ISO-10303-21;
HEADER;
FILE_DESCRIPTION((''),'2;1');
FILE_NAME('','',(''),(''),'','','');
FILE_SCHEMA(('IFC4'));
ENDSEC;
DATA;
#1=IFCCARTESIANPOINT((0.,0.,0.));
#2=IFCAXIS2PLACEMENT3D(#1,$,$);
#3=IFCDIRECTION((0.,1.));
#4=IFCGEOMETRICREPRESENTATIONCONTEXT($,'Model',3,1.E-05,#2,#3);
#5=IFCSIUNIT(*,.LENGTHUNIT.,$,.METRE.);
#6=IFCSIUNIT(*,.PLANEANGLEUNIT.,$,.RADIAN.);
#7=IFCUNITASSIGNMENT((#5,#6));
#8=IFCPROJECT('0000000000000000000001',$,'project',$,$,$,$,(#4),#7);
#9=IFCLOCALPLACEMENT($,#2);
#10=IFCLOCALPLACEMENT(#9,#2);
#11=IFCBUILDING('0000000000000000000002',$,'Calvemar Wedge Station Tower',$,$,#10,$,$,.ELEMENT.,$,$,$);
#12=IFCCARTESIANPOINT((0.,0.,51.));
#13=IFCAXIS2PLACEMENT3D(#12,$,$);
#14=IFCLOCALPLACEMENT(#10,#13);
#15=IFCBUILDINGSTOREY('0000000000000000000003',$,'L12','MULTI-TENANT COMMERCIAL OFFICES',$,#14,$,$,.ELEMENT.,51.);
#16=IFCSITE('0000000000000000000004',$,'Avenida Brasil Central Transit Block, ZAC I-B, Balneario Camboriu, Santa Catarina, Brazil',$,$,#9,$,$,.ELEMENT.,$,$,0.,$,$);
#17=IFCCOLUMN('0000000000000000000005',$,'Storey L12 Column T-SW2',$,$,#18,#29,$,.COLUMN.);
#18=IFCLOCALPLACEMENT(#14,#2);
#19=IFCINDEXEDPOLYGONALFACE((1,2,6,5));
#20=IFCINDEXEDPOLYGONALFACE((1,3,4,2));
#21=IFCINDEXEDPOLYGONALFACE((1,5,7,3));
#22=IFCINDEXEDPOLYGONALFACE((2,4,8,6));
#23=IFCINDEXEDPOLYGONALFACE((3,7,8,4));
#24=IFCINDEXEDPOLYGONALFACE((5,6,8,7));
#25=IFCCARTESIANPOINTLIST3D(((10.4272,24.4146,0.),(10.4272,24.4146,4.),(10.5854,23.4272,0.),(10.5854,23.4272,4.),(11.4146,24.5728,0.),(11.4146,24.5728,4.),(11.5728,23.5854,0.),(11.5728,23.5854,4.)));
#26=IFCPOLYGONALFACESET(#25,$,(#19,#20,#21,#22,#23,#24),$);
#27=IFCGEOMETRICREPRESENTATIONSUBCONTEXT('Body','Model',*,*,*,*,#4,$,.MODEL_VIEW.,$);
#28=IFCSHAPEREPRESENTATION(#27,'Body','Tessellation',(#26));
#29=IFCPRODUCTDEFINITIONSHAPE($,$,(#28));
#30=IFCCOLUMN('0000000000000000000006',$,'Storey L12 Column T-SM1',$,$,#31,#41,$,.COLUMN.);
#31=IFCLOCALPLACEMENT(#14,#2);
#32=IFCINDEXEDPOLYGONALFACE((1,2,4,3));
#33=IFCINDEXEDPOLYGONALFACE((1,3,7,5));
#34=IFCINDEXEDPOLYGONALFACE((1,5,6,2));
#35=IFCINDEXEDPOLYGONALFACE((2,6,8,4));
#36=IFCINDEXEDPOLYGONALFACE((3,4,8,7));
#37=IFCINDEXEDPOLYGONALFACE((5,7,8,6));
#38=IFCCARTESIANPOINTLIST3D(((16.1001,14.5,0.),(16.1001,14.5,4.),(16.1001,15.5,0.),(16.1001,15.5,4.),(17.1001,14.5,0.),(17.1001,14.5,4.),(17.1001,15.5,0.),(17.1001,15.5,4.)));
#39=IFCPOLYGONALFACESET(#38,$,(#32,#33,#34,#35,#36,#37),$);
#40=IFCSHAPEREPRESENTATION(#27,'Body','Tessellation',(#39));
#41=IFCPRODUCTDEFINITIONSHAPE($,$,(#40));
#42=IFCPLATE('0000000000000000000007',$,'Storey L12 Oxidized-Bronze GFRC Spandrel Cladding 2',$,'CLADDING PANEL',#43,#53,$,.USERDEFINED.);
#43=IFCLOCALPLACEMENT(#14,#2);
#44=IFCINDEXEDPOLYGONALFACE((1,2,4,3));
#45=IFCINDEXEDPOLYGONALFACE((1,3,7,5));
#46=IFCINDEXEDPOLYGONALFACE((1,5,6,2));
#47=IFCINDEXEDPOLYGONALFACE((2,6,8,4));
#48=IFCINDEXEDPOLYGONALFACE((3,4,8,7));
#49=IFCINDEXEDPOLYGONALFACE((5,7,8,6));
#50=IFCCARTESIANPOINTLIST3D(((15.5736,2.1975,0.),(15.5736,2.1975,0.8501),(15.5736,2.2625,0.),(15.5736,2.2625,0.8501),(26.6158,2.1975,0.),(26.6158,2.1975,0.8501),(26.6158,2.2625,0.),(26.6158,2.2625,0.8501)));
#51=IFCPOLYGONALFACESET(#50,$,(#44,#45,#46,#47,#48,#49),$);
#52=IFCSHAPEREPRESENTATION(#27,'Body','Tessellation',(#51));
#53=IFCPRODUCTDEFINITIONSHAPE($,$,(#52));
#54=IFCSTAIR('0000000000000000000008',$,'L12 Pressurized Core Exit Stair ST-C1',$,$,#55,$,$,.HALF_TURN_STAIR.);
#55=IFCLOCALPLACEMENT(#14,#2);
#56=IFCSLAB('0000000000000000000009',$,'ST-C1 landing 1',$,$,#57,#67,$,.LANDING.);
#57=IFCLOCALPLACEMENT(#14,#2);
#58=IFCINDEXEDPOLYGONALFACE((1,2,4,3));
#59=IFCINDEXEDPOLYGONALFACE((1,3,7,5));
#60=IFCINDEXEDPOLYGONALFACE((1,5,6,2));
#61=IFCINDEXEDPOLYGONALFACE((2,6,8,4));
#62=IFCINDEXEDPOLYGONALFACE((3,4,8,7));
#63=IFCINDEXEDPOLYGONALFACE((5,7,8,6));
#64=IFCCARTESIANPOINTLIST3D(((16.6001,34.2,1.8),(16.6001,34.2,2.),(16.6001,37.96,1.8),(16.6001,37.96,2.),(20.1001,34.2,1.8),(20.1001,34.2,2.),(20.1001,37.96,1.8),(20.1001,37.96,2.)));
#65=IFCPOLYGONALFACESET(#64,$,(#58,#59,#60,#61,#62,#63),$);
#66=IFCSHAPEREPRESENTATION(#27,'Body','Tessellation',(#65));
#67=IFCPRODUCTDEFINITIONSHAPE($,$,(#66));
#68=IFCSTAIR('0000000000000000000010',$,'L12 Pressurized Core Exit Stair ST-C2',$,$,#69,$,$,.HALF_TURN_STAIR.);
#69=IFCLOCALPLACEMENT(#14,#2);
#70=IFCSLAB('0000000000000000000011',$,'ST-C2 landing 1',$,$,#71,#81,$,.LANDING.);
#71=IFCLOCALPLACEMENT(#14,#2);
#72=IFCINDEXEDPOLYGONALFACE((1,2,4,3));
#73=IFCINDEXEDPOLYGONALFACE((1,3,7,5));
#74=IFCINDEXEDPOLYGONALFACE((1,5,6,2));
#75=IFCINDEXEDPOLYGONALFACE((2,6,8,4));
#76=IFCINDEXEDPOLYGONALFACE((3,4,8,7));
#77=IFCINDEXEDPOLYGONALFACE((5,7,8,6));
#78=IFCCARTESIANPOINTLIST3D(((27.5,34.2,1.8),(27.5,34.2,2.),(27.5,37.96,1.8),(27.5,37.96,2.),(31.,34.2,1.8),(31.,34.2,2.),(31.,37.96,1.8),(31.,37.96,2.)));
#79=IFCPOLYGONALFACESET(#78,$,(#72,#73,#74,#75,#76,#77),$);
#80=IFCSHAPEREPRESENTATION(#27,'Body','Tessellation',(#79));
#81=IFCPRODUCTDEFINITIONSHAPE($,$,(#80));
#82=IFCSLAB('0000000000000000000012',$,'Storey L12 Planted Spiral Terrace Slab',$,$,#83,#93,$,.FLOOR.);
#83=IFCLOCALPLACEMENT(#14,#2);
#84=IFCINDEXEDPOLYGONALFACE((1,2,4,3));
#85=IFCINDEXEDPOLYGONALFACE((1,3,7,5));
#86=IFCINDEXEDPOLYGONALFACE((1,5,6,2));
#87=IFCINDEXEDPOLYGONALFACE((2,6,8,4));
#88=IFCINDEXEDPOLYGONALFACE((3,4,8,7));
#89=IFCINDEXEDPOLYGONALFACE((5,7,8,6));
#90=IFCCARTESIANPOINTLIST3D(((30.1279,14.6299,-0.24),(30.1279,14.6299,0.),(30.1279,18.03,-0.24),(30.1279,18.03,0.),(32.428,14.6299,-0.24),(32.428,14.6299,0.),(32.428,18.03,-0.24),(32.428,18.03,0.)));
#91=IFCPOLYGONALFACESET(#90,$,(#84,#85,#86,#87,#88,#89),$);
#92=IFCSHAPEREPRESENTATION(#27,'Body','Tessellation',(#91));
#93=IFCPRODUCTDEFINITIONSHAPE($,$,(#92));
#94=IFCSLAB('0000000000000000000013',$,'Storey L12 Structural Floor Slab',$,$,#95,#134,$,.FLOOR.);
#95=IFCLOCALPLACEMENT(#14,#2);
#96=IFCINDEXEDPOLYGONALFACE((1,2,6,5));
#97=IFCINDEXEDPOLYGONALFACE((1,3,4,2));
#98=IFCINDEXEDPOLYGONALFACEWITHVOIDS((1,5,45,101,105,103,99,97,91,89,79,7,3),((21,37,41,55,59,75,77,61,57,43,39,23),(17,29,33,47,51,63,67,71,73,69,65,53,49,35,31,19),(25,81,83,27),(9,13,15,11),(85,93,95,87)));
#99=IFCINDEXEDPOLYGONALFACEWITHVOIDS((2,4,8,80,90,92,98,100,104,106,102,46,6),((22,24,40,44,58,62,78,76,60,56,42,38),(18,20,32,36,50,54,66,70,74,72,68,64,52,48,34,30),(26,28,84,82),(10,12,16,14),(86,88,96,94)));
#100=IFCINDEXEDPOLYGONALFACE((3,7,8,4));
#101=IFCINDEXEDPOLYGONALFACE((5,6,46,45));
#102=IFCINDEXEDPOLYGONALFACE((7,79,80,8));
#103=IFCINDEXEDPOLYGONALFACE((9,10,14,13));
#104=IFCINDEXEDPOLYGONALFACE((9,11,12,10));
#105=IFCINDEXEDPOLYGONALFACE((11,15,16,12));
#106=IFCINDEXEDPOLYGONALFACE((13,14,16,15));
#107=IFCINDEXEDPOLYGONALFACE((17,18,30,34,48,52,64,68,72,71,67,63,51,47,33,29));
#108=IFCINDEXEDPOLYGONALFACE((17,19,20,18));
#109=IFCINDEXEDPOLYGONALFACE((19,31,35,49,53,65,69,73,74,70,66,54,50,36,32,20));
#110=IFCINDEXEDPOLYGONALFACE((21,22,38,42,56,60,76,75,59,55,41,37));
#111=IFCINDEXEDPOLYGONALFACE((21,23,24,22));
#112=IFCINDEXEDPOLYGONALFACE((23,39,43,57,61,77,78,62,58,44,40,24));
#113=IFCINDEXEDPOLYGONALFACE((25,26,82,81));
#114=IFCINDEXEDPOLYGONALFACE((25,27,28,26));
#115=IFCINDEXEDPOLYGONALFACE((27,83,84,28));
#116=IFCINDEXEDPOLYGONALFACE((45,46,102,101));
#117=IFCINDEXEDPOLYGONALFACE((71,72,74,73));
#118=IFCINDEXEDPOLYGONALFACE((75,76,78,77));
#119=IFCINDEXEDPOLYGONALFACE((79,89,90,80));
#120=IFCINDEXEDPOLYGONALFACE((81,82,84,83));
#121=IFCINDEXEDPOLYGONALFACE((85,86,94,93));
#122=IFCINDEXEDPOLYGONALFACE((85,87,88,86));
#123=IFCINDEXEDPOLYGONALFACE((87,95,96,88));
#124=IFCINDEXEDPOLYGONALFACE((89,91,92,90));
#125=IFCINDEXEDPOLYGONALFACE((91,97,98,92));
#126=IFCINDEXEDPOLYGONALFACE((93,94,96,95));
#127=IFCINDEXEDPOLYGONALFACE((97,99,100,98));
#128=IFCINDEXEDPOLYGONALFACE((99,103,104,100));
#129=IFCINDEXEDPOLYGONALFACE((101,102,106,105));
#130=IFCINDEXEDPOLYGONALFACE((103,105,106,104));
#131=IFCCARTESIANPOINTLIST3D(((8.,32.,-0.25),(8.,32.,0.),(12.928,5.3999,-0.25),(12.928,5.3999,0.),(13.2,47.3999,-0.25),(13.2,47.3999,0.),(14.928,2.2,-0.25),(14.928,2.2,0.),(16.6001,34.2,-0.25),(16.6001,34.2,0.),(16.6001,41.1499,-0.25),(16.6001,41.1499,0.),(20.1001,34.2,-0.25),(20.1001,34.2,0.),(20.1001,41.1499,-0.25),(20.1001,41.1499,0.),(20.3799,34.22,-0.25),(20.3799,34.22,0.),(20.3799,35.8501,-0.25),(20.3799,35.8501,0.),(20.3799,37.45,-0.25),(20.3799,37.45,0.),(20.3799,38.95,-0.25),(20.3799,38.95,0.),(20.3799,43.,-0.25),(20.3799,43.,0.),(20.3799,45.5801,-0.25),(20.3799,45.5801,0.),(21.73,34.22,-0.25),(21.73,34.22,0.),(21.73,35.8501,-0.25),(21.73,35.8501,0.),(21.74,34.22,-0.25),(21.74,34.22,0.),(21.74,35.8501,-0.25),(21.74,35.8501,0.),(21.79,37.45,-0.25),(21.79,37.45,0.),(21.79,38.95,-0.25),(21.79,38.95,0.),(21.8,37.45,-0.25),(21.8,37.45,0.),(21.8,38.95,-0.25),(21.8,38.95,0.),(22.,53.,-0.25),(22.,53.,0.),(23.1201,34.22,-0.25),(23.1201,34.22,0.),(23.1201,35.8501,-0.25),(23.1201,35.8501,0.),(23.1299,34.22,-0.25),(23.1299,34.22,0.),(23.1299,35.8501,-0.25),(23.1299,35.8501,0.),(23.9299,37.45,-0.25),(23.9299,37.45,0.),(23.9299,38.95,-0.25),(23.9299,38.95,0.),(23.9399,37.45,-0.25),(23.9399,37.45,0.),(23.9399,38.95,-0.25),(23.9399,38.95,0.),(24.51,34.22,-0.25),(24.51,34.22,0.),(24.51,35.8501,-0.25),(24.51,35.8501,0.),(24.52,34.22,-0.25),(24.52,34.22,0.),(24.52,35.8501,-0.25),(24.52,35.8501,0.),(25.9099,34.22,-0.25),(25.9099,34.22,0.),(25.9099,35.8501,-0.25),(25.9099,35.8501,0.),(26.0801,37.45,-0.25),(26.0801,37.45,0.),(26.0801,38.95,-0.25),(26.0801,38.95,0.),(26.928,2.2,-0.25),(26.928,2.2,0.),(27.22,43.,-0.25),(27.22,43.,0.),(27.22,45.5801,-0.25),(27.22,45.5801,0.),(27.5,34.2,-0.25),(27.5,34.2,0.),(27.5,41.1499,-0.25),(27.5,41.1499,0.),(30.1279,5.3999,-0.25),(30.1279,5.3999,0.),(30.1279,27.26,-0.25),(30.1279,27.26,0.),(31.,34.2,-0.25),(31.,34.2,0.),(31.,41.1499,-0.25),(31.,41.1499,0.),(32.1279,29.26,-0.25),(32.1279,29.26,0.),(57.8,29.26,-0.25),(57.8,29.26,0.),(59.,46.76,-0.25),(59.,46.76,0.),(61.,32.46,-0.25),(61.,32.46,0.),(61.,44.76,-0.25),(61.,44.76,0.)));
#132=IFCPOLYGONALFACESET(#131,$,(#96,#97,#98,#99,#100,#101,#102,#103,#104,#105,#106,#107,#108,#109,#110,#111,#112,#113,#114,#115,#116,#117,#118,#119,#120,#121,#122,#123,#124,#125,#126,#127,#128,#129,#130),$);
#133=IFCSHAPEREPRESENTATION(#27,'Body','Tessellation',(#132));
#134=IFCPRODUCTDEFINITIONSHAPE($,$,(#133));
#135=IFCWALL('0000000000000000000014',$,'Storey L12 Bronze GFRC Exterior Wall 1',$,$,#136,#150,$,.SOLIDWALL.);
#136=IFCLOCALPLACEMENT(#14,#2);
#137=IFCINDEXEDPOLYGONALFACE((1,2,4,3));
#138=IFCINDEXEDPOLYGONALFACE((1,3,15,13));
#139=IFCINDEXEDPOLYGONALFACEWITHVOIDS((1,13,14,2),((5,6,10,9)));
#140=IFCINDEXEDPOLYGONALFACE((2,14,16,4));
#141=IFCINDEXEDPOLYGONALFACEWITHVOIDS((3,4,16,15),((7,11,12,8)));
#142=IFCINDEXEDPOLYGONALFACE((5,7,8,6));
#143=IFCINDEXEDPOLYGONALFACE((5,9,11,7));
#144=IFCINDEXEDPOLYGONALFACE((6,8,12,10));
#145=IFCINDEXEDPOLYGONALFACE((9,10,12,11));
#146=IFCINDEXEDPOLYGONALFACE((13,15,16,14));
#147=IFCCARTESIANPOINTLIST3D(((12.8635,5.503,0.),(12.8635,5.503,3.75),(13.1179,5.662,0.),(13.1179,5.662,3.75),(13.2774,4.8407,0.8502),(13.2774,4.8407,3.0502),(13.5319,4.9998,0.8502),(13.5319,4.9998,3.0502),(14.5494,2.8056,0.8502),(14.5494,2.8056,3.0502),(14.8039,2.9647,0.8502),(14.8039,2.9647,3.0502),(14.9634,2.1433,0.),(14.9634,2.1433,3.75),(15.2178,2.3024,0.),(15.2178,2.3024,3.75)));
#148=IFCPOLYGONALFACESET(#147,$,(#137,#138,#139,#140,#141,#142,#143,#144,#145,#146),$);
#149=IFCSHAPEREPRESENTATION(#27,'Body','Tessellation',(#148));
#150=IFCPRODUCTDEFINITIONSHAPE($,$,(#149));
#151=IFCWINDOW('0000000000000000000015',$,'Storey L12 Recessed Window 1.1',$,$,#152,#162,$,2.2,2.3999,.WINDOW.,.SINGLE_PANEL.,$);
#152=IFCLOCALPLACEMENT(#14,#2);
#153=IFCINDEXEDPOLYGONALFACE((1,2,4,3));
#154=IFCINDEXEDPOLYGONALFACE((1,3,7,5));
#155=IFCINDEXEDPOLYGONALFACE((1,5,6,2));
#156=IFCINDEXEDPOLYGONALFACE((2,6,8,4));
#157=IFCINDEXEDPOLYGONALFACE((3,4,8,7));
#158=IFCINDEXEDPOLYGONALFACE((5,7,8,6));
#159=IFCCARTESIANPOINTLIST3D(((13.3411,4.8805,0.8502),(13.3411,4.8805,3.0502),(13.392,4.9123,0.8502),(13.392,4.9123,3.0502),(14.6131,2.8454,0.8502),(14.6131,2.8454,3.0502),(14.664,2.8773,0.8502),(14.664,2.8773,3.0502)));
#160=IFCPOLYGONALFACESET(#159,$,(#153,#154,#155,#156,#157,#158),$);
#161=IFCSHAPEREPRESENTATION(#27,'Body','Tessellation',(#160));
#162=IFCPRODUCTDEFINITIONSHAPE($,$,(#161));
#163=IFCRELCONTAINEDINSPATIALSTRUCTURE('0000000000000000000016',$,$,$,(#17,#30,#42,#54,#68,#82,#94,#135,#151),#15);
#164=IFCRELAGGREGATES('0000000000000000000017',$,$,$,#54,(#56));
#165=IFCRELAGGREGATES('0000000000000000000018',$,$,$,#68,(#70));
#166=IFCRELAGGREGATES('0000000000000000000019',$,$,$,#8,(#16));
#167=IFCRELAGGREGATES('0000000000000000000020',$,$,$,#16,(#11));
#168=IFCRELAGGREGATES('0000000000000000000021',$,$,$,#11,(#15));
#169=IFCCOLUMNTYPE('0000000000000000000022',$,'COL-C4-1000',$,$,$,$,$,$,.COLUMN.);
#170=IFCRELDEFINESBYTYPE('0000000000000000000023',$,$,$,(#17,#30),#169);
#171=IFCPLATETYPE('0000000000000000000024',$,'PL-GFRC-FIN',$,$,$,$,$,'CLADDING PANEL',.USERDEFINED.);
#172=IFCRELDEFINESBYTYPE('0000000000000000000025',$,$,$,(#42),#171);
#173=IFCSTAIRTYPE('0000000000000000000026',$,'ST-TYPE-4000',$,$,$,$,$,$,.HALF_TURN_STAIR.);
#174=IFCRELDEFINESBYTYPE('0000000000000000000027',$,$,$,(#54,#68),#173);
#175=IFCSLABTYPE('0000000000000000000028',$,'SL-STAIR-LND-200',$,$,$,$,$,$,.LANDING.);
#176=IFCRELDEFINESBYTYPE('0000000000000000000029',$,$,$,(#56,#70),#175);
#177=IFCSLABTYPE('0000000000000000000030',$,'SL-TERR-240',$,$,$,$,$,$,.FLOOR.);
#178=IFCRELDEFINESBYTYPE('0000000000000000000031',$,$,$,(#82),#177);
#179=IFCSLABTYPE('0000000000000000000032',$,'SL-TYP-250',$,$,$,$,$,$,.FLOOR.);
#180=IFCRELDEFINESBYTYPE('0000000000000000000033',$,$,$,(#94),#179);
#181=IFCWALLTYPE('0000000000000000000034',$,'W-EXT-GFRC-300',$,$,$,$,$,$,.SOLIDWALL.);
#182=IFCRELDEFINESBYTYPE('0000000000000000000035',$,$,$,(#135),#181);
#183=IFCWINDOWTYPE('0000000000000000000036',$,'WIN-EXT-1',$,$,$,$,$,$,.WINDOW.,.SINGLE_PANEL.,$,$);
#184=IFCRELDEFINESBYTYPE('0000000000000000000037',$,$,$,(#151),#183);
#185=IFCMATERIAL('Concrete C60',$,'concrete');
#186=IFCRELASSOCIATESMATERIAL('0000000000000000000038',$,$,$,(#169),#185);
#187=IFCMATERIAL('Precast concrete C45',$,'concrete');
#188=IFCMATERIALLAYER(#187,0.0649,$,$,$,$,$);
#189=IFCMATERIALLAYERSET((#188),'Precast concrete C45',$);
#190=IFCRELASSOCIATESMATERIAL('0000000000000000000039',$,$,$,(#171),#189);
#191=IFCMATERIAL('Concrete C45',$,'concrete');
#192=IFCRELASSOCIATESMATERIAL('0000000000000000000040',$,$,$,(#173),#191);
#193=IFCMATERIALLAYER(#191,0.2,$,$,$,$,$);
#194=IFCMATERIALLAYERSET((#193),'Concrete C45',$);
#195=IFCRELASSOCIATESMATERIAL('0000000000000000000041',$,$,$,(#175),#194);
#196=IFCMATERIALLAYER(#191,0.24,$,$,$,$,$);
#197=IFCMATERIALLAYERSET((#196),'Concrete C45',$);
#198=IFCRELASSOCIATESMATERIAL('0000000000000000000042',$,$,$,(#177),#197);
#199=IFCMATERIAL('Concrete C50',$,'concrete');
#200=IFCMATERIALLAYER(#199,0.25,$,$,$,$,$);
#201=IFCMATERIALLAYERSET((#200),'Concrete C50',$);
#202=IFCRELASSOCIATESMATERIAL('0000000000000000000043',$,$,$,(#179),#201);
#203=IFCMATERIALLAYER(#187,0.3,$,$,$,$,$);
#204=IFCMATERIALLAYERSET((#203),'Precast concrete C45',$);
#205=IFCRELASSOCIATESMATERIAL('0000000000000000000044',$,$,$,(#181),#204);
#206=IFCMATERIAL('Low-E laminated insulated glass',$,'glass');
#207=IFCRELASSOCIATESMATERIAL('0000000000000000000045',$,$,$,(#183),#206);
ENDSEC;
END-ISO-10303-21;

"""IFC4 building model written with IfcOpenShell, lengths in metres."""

from ifc_helpers import new_model, si_unit, direction, frame, frame_2d, origin, origin_2d, place, context, subcontext, project, spatial, polyline, rectangle, outline, extrude, source, transform, mapped, material, layer, layer_set, material_profile, profile_set, type_object, element, fill, aggregate, save


model = new_model("IFC4")

# Units and contexts
model_context = context("Model", 3, precision=1e-05, world=origin(), true_north=direction((0.0, 1.0)))
body_context = subcontext(model_context, "Body", "Model", "MODEL_VIEW")
ifc_project = project(units=[si_unit("LENGTHUNIT", "METRE"), si_unit("PLANEANGLEUNIT", "RADIAN")], contexts=[model_context])

# Site, building, storey
site_placement = place(None, origin())
site = spatial("IfcSite", under=ifc_project, at=site_placement, Name="Avenida Brasil Central Transit Block, ZAC I-B, Balneario Camboriu, Santa Catarina, Brazil", CompositionType="ELEMENT", RefElevation=0.0)
building_placement = place(site_placement, origin())
building = spatial("IfcBuilding", under=site, at=building_placement, Name="Calvemar Wedge Station Tower", CompositionType="ELEMENT")
storey_placement = place(building_placement, frame((0.0, 0.0, 51.0)))
storey = spatial("IfcBuildingStorey", under=building, at=storey_placement, Name="L12", Description="MULTI-TENANT COMMERCIAL OFFICES", CompositionType="ELEMENT", Elevation=51.0)

# Columns
ifc_material_1 = material(Name="Concrete C60", Category="concrete")
ifc_material_profile = material_profile(ifc_material_1, rectangle(XDim=1.0, YDim=1.0, at=origin_2d()), Name="RC1000x1000")
ifc_profile_set = profile_set([ifc_material_profile], Name="Concrete C60")
column_type = type_object("IfcColumnType", Name="COL-C4-1000", PredefinedType="COLUMN", material=ifc_profile_set)
shared_shape_1 = source(origin(), body_context, "Body", "SweptSolid", [
    extrude(rectangle(XDim=1.0, YDim=1.0, at=origin_2d()), origin(), (0.0, 0.0, 1.0), 4.0),
])
for number, where, z_axis, x_axis, name in (
    (1, (11.0, 24.0, 0.0), (0.0, 0.0, 1.0), (0.158158, -0.987414, 0.0), "Storey L12 Column T-SW2"),
    (2, (16.6001, 15.0, 0.0), (0.0, 0.0, 1.0), (1.0, 0.0, 0.0), "Storey L12 Column T-SM1"),
):
    element("IfcColumn", number, at=place(storey_placement, frame(where, z_axis=z_axis, x_axis=x_axis)), inside=storey, type_object=column_type, Name=name, PredefinedType="COLUMN", context=body_context, shape_type="MappedRepresentation", body=[
        mapped(shared_shape_1, transform((0.0, 0.0, 0.0), scale=1.0)),
    ])

# Plate
ifc_material_2 = material(Name="Precast concrete C45", Category="concrete")
ifc_layer_1 = layer(ifc_material_2, 0.0649)
ifc_layer_set_1 = layer_set([ifc_layer_1], Name="Precast concrete C45")
plate_type = type_object("IfcPlateType", Name="PL-GFRC-FIN", ElementType="CLADDING PANEL", PredefinedType="USERDEFINED", material=ifc_layer_set_1)
plate_placement = place(storey_placement, frame((15.5737, 2.23, 0.0), z_axis=(0.0, 0.0, 1.0), x_axis=(1.0, 0.0, 0.0)))
element("IfcPlate", 3, at=plate_placement, inside=storey, type_object=plate_type, Name="Storey L12 Oxidized-Bronze GFRC Spandrel Cladding 2", ObjectType="CLADDING PANEL", PredefinedType="USERDEFINED", context=body_context, shape_type="SweptSolid", body=[
    extrude(rectangle(XDim=11.0422, YDim=0.0649, at=frame_2d((5.521, 0.0))), origin(), (0.0, 0.0, 1.0), 0.8501),
])

# Stairs, slabs
ifc_material_3 = material(Name="Concrete C45", Category="concrete")
stair_type = type_object("IfcStairType", Name="ST-TYPE-4000", PredefinedType="HALF_TURN_STAIR", material=ifc_material_3)
stair_1_placement = place(storey_placement, origin())
stair_1 = element("IfcStair", 4, at=stair_1_placement, inside=storey, type_object=stair_type, Name="L12 Pressurized Core Exit Stair ST-C1", PredefinedType="HALF_TURN_STAIR")
ifc_layer_2 = layer(ifc_material_3, 0.2)
ifc_layer_set_2 = layer_set([ifc_layer_2], Name="Concrete C45")
slab_type_1 = type_object("IfcSlabType", Name="SL-STAIR-LND-200", PredefinedType="LANDING", material=ifc_layer_set_2)
slab_1_placement = place(storey_placement, frame((0.0, 0.0, 1.8)))
slab_1 = element("IfcSlab", 5, at=slab_1_placement, type_object=slab_type_1, Name="ST-C1 landing 1", PredefinedType="LANDING", context=body_context, shape_type="SweptSolid", body=[
    extrude(outline(polyline([(16.6001, 37.96), (16.6001, 34.2), (20.1001, 34.2), (20.1001, 37.96), (16.6001, 37.96)])), origin(), (0.0, 0.0, 1.0), 0.2),
])
aggregate(stair_1, [slab_1])
stair_2_placement = place(storey_placement, origin())
stair_2 = element("IfcStair", 6, at=stair_2_placement, inside=storey, type_object=stair_type, Name="L12 Pressurized Core Exit Stair ST-C2", PredefinedType="HALF_TURN_STAIR")
slab_2_placement = place(storey_placement, frame((0.0, 0.0, 1.8)))
slab_2 = element("IfcSlab", 7, at=slab_2_placement, type_object=slab_type_1, Name="ST-C2 landing 1", PredefinedType="LANDING", context=body_context, shape_type="SweptSolid", body=[
    extrude(outline(polyline([(27.5, 37.96), (27.5, 34.2), (31.0, 34.2), (31.0, 37.96), (27.5, 37.96)])), origin(), (0.0, 0.0, 1.0), 0.2),
])
aggregate(stair_2, [slab_2])

# Slabs
ifc_layer_3 = layer(ifc_material_3, 0.24)
ifc_layer_set_3 = layer_set([ifc_layer_3], Name="Concrete C45")
slab_type_2 = type_object("IfcSlabType", Name="SL-TERR-240", PredefinedType="FLOOR", material=ifc_layer_set_3)
slab_3_placement = place(storey_placement, frame((0.0, 0.0, -0.24)))
element("IfcSlab", 8, at=slab_3_placement, inside=storey, type_object=slab_type_2, Name="Storey L12 Planted Spiral Terrace Slab", PredefinedType="FLOOR", context=body_context, shape_type="SweptSolid", body=[
    extrude(outline(polyline([(30.1279, 14.6299), (32.428, 14.6299), (32.428, 18.03), (30.1279, 18.03), (30.1279, 14.6299)])), origin(), (0.0, 0.0, 1.0), 0.24),
])
ifc_material_4 = material(Name="Concrete C50", Category="concrete")
ifc_layer_4 = layer(ifc_material_4, 0.25)
ifc_layer_set_4 = layer_set([ifc_layer_4], Name="Concrete C50")
slab_type_3 = type_object("IfcSlabType", Name="SL-TYP-250", PredefinedType="FLOOR", material=ifc_layer_set_4)
slab_4_placement = place(storey_placement, frame((0.0, 0.0, -0.25)))
element("IfcSlab", 9, at=slab_4_placement, inside=storey, type_object=slab_type_3, Name="Storey L12 Structural Floor Slab", PredefinedType="FLOOR", context=body_context, shape_type="SweptSolid", body=[
    extrude(outline(polyline([(8.0, 32.0), (12.928, 5.3999), (14.928, 2.2), (26.928, 2.2), (30.1279, 5.3999), (30.1279, 27.26), (32.1279, 29.26), (57.8, 29.26), (61.0, 32.46), (61.0, 44.76), (59.0, 46.76), (22.0, 53.0), (13.2, 47.3999), (8.0, 32.0)]), holes=[polyline([(21.74, 35.8501), (21.73, 35.8501), (20.3799, 35.8501), (20.3799, 34.22), (21.73, 34.22), (21.74, 34.22), (23.1201, 34.22), (23.1299, 34.22), (24.51, 34.22), (24.52, 34.22), (25.9099, 34.22), (25.9099, 35.8501), (24.52, 35.8501), (24.51, 35.8501), (23.1299, 35.8501), (23.1201, 35.8501), (21.74, 35.8501)]), polyline([(16.6001, 41.1499), (16.6001, 34.2), (20.1001, 34.2), (20.1001, 41.1499), (16.6001, 41.1499)]), polyline([(27.5, 34.2), (31.0, 34.2), (31.0, 41.1499), (27.5, 41.1499), (27.5, 34.2)]), polyline([(21.79, 37.45), (21.8, 37.45), (23.9299, 37.45), (23.9399, 37.45), (26.0801, 37.45), (26.0801, 38.95), (23.9399, 38.95), (23.9299, 38.95), (21.8, 38.95), (21.79, 38.95), (20.3799, 38.95), (20.3799, 37.45), (21.79, 37.45)]), polyline([(20.3799, 43.0), (27.22, 43.0), (27.22, 45.5801), (20.3799, 45.5801), (20.3799, 43.0)])]), origin(), (0.0, 0.0, 1.0), 0.25),
])

# Wall, opening, window
ifc_layer_5 = layer(ifc_material_2, 0.3)
ifc_layer_set_5 = layer_set([ifc_layer_5], Name="Precast concrete C45")
wall_type_1 = type_object("IfcWallType", Name="W-EXT-GFRC-300", PredefinedType="SOLIDWALL", material=ifc_layer_set_5)
wall_1_placement = place(storey_placement, frame((12.9907, 5.5825, 0.0), z_axis=(0.0, 0.0, 1.0), x_axis=(0.530016, -0.847988, 0.0)))
wall_1 = element("IfcWall", 10, at=wall_1_placement, inside=storey, type_object=wall_type_1, Name="Storey L12 Bronze GFRC Exterior Wall 1", PredefinedType="SOLIDWALL", context=body_context, shape_type="SweptSolid", body=[
    extrude(rectangle(XDim=3.9619, YDim=0.3, at=frame_2d((1.981, 0.0))), origin(), (0.0, 0.0, 1.0), 3.75),
])
shared_shape_2 = source(origin(), body_context, "Body", "SweptSolid", [
    extrude(rectangle(XDim=2.3999, YDim=2.2, at=frame_2d((1.2, 1.1001))), frame((0.0, 0.1602, 0.0), z_axis=(0.0, -1.0, 0.0), x_axis=(1.0, 0.0, 0.0)), (0.0, 0.0, 1.0), 0.3201),
])
opening_1_placement = place(wall_1_placement, frame((0.781, 0.0, 0.8501)))
opening_1 = element("IfcOpeningElement", 11, at=opening_1_placement, cuts=wall_1, PredefinedType="OPENING", context=body_context, shape_type="MappedRepresentation", body=[
    mapped(shared_shape_2, transform((0.0, 0.0, 0.0), scale=1.0)),
])
ifc_material_5 = material(Name="Low-E laminated insulated glass", Category="glass")
window_type_1 = type_object("IfcWindowType", Name="WIN-EXT-1", PartitioningType="SINGLE_PANEL", PredefinedType="WINDOW", material=ifc_material_5)
shared_shape_3 = source(origin(), body_context, "Body", "SweptSolid", [
    extrude(rectangle(XDim=2.3999, YDim=2.2, at=frame_2d((1.2, 1.1001))), frame((0.0, -0.0149, 0.0), z_axis=(0.0, -1.0, 0.0), x_axis=(1.0, 0.0, 0.0)), (0.0, 0.0, 1.0), 0.0601),
])
window_1_placement = place(opening_1_placement, origin())
window_1 = element("IfcWindow", 12, at=window_1_placement, inside=storey, type_object=window_type_1, Name="Storey L12 Recessed Window 1.1", OverallHeight=2.2, OverallWidth=2.3999, PartitioningType="SINGLE_PANEL", PredefinedType="WINDOW", context=body_context, shape_type="MappedRepresentation", body=[
    mapped(shared_shape_3, transform((0.0, 0.0, 0.0), scale=1.0)),
])
fill(opening_1, window_1)

save(model, "model.ifc")
